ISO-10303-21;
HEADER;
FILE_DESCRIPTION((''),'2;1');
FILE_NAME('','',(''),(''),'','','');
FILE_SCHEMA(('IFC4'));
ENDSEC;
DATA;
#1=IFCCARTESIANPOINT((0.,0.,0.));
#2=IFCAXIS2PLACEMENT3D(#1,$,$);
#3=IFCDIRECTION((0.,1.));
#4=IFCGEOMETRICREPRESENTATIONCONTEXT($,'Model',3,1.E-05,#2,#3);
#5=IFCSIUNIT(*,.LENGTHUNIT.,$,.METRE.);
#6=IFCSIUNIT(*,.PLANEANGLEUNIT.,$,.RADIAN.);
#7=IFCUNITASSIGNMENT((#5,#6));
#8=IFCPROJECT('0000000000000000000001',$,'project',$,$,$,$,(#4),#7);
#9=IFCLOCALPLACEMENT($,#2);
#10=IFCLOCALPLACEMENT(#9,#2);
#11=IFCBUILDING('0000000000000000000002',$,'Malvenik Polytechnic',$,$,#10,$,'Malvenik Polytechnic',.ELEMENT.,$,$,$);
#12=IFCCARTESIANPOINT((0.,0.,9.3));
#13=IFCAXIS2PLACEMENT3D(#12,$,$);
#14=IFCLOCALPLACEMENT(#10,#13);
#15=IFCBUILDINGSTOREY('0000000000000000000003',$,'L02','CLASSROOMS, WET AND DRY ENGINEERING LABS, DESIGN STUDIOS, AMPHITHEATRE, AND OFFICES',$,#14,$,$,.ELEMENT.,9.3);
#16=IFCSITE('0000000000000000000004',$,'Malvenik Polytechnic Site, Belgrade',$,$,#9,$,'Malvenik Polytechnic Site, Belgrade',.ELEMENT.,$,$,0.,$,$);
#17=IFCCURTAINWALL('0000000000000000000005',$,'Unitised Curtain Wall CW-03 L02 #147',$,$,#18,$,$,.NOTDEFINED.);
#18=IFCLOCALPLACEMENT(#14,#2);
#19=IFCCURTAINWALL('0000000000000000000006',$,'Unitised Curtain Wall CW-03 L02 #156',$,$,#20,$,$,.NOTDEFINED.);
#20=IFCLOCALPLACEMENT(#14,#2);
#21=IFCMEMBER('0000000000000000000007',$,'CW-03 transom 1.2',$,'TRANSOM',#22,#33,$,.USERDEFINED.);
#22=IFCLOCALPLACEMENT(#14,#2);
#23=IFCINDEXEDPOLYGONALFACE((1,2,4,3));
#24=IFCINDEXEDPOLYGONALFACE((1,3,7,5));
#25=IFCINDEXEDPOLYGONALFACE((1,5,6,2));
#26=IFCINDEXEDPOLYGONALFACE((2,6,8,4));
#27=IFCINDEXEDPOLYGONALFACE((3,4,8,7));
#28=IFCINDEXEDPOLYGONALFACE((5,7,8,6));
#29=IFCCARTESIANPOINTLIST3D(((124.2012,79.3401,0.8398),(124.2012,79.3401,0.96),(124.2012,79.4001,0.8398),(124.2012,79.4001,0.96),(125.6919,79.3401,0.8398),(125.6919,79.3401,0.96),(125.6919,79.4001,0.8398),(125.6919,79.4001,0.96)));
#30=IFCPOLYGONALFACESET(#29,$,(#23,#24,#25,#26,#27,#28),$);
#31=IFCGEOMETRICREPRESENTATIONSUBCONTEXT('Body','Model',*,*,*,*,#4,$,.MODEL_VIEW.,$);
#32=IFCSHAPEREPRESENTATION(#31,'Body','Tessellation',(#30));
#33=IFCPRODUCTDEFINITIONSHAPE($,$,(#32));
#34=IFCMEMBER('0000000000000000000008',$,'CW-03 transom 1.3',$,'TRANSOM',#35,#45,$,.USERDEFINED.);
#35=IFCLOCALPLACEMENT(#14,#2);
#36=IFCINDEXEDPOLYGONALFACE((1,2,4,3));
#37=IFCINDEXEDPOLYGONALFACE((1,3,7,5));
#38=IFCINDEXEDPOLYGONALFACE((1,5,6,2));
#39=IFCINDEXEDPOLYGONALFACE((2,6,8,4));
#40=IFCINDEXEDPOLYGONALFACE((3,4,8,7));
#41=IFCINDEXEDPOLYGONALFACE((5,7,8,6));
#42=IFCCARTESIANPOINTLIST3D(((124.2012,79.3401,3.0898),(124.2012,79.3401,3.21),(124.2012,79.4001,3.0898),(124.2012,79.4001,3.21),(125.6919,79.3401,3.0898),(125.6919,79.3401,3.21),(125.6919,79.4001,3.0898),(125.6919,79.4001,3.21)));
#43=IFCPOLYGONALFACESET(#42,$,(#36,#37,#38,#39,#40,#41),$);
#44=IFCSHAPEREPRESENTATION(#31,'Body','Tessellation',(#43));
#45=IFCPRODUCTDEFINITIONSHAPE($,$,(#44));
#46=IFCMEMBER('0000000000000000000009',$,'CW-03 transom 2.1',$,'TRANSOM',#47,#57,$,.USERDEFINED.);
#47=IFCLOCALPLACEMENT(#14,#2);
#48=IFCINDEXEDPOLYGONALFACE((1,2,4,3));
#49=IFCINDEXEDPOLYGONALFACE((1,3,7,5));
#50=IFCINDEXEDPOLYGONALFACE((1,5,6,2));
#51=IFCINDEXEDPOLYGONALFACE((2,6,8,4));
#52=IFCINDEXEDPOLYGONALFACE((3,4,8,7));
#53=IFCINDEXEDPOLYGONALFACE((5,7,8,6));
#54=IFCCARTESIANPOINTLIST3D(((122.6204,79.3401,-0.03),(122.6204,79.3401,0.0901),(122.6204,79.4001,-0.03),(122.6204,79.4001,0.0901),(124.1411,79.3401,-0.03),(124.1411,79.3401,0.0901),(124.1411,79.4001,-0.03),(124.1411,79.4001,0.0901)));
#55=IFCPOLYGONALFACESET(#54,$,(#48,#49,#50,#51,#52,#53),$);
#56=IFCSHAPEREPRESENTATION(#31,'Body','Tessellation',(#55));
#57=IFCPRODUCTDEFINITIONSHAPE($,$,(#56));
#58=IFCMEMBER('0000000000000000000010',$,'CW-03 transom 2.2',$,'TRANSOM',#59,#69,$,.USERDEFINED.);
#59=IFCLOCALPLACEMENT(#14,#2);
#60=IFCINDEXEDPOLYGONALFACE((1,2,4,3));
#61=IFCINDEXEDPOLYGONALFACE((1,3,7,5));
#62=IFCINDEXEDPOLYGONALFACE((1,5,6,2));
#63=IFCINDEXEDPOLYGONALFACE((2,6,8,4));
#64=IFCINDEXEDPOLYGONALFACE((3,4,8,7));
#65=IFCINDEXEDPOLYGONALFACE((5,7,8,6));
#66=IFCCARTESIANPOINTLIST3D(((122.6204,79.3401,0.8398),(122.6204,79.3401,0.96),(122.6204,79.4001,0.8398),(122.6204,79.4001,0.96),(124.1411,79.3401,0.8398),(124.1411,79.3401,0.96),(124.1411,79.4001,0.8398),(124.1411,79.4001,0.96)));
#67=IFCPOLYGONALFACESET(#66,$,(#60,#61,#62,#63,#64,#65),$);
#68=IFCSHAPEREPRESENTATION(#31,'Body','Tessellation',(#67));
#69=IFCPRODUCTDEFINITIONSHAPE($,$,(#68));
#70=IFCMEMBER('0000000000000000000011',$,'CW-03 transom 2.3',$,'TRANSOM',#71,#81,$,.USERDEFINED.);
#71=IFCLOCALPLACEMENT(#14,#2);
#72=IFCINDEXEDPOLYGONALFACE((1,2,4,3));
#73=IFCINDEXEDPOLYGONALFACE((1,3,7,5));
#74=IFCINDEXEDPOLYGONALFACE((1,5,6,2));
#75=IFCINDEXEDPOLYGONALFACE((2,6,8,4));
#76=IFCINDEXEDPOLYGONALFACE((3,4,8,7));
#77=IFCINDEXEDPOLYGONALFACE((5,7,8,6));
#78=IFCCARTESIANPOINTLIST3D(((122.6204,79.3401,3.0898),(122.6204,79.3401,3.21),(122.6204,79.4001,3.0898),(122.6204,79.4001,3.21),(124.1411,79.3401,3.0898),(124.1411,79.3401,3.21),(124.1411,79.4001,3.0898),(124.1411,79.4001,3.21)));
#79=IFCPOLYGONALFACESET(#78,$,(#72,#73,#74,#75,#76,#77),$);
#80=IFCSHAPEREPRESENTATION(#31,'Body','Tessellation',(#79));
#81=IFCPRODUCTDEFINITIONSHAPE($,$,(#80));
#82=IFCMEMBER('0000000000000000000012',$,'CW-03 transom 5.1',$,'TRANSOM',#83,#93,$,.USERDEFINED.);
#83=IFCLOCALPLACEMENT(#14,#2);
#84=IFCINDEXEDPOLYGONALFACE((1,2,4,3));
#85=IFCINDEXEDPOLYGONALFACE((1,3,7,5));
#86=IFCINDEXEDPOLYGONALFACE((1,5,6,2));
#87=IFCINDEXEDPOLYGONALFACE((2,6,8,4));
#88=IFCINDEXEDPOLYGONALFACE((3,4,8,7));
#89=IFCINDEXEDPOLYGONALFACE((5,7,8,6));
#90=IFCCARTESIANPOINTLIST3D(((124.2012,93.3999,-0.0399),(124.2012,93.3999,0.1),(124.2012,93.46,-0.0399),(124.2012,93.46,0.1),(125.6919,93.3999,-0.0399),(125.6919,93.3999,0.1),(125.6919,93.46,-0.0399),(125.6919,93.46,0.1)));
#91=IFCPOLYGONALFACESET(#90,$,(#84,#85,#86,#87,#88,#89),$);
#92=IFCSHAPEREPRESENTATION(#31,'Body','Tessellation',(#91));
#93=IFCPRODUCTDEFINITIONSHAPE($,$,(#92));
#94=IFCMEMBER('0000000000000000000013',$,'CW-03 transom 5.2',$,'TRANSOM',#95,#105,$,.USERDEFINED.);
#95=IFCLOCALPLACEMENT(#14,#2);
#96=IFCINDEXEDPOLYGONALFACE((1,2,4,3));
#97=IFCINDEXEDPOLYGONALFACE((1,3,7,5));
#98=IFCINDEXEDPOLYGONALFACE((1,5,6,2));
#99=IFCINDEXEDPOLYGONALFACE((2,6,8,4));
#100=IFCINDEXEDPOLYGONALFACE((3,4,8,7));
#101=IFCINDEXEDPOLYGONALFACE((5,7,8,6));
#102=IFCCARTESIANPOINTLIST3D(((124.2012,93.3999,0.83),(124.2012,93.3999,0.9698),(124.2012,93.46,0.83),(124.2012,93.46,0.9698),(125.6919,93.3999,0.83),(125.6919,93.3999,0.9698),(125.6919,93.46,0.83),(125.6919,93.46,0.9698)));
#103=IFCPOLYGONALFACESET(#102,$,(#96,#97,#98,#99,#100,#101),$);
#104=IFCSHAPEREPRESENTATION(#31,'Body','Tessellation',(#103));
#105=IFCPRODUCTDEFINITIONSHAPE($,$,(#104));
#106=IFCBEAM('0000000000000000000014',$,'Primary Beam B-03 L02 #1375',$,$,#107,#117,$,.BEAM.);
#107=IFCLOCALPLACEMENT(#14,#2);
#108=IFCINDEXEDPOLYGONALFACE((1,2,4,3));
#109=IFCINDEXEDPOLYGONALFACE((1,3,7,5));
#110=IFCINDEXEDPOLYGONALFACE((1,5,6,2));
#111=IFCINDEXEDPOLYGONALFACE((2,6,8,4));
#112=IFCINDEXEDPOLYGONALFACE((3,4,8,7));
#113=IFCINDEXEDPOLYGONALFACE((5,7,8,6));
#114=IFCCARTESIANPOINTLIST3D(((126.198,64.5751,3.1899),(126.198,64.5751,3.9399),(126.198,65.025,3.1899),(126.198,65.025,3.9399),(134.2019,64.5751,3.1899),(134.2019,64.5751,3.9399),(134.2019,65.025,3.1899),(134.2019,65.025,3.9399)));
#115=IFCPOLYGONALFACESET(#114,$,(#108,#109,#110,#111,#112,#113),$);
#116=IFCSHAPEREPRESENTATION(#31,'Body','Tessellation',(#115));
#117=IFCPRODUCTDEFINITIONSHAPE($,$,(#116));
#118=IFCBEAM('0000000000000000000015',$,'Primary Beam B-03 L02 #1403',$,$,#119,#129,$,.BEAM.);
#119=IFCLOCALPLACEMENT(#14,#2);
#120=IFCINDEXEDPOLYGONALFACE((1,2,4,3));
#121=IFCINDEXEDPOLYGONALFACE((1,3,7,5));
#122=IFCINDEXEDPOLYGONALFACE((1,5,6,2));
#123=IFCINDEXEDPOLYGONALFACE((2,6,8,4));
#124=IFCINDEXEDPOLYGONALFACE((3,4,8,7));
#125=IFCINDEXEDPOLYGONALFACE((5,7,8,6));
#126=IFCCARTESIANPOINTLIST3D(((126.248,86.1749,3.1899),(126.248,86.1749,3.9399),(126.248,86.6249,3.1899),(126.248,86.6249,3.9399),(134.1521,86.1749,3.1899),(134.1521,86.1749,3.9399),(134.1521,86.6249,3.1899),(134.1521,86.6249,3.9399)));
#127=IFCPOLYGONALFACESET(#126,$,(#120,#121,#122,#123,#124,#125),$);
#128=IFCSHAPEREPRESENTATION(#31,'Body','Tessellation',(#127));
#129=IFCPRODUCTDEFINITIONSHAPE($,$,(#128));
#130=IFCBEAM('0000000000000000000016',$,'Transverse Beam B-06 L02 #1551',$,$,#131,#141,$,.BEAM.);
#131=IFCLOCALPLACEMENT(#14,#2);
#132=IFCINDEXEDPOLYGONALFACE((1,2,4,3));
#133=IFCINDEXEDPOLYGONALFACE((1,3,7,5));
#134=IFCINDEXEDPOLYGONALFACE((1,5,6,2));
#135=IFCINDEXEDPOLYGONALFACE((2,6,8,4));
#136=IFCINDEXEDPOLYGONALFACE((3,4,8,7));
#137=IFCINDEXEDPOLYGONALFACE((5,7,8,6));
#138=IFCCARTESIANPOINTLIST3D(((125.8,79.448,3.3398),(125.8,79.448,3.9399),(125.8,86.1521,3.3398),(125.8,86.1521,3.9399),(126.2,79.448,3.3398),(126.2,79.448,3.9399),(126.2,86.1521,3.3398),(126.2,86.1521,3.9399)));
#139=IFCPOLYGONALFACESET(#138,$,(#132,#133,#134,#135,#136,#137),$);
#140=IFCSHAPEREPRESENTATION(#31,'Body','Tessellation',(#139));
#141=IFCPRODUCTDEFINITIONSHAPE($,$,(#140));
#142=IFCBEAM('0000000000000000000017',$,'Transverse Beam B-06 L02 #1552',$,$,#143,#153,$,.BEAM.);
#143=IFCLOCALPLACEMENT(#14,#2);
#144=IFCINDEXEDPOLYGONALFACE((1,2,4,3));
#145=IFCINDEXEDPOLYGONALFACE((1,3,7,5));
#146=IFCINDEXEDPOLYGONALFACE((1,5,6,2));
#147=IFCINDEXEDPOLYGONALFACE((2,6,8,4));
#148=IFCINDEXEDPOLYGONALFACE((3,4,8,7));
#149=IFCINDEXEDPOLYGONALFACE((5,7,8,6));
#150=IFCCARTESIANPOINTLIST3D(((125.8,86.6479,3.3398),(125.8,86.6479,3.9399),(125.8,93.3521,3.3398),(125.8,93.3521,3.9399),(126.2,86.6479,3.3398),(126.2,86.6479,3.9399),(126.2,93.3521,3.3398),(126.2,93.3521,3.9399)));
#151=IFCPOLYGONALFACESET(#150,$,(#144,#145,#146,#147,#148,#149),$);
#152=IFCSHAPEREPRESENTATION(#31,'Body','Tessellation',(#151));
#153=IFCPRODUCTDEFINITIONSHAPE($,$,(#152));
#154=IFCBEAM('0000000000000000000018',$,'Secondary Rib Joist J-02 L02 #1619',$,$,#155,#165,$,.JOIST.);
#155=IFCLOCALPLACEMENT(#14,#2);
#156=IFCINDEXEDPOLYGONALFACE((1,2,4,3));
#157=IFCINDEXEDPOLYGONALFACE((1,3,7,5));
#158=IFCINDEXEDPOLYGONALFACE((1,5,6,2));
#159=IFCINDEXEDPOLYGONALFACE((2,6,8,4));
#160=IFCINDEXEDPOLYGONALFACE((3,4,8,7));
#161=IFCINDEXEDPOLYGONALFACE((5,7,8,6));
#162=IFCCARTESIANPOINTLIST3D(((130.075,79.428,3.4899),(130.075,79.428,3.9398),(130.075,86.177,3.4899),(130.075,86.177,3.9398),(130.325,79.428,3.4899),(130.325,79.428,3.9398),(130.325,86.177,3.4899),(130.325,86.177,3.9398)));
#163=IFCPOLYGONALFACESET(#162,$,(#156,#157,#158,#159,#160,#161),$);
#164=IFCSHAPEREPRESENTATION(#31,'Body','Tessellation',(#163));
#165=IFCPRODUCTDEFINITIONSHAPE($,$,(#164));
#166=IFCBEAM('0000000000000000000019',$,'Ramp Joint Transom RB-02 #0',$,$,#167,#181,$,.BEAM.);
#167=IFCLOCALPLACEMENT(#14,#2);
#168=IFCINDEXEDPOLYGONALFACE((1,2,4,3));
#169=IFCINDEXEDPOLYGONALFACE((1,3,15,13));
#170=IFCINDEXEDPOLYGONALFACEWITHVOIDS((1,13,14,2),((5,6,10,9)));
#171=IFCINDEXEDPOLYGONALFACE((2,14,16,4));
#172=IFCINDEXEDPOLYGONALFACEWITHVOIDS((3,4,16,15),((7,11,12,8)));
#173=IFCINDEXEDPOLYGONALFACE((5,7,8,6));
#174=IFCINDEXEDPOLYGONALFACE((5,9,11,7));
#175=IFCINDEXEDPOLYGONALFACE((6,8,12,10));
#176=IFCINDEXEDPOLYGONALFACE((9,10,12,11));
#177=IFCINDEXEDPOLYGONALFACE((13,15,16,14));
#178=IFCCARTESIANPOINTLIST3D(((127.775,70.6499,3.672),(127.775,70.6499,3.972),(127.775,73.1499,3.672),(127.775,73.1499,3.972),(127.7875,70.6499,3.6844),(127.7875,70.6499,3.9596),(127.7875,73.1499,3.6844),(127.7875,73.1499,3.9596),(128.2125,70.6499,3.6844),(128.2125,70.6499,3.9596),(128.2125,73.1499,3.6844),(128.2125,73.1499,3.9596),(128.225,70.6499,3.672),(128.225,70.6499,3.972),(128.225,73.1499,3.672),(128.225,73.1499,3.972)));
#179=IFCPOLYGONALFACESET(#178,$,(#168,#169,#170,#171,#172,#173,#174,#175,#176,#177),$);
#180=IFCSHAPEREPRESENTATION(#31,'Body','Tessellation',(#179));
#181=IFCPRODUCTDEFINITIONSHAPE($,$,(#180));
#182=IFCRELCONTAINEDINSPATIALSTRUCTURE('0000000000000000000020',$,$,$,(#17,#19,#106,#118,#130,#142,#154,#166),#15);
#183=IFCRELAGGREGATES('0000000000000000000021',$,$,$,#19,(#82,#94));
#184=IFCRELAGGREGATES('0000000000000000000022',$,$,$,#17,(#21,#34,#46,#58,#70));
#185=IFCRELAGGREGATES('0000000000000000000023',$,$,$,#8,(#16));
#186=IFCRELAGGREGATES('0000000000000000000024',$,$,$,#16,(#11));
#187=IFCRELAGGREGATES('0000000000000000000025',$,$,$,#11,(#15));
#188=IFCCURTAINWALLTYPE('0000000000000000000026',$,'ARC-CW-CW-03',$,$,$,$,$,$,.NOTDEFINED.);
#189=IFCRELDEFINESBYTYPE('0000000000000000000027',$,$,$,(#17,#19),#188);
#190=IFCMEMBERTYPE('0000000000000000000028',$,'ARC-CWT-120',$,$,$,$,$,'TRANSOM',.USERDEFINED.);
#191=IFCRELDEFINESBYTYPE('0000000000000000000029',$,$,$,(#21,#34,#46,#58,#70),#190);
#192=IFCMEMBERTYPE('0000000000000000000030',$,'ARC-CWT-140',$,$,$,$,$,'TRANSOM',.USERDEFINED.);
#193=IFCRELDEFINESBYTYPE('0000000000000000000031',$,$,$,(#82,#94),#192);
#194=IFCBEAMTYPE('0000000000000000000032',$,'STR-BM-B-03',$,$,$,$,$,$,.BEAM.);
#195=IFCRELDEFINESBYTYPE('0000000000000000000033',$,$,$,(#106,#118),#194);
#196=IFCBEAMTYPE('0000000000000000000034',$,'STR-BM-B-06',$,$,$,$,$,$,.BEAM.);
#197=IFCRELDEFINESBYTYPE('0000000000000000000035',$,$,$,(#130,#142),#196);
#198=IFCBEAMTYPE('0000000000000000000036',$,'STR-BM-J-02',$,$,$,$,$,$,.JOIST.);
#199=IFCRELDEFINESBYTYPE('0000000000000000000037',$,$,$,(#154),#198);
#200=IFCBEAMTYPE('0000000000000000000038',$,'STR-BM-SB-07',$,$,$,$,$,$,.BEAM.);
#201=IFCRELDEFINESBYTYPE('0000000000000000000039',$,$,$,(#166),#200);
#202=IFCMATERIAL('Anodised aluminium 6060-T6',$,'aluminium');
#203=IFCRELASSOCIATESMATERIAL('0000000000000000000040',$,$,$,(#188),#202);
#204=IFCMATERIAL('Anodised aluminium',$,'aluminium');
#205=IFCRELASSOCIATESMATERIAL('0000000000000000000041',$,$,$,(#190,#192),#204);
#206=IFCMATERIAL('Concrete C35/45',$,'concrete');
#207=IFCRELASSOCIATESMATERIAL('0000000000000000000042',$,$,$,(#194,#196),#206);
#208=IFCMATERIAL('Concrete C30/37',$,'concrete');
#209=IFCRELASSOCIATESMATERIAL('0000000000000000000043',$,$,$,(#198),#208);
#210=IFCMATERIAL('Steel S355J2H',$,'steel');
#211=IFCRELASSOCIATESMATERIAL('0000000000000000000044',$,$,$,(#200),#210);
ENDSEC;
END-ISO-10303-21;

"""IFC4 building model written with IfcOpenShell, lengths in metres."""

from ifc_helpers import new_model, si_unit, direction, frame, origin, origin_2d, place, context, subcontext, project, spatial, rectangle, hollow_rectangle, extrude, material, material_profile, profile_set, type_object, element, aggregate, save


model = new_model("IFC4")

# Units and contexts
model_context = context("Model", 3, precision=1e-05, world=origin(), true_north=direction((0.0, 1.0)))
body_context = subcontext(model_context, "Body", "Model", "MODEL_VIEW")
ifc_project = project(units=[si_unit("LENGTHUNIT", "METRE"), si_unit("PLANEANGLEUNIT", "RADIAN")], contexts=[model_context])

# Site, building, storey
site_placement = place(None, origin())
site = spatial("IfcSite", under=ifc_project, at=site_placement, Name="Malvenik Polytechnic Site, Belgrade", LongName="Malvenik Polytechnic Site, Belgrade", CompositionType="ELEMENT", RefElevation=0.0)
building_placement = place(site_placement, origin())
building = spatial("IfcBuilding", under=site, at=building_placement, Name="Malvenik Polytechnic", LongName="Malvenik Polytechnic", CompositionType="ELEMENT")
storey_placement = place(building_placement, frame((0.0, 0.0, 9.3)))
storey = spatial("IfcBuildingStorey", under=building, at=storey_placement, Name="L02", Description="CLASSROOMS, WET AND DRY ENGINEERING LABS, DESIGN STUDIOS, AMPHITHEATRE, AND OFFICES", CompositionType="ELEMENT", Elevation=9.3)

# Shared definitions
ifc_material_1 = material(Name="Concrete C35/45", Category="concrete")
ifc_material_2 = material(Name="Steel S355J2H", Category="steel")

# Curtain wall
ifc_material_3 = material(Name="Anodised aluminium 6060-T6", Category="aluminium")
curtain_wall_type = type_object("IfcCurtainWallType", Name="ARC-CW-CW-03", PredefinedType="NOTDEFINED", material=ifc_material_3)
curtain_wall_1_placement = place(storey_placement, origin())
curtain_wall_1 = element("IfcCurtainWall", 1, at=curtain_wall_1_placement, inside=storey, type_object=curtain_wall_type, Name="Unitised Curtain Wall CW-03 L02 #147", PredefinedType="NOTDEFINED")
ifc_material_4 = material(Name="Anodised aluminium", Category="aluminium")

# Curtain wall
curtain_wall_2_placement = place(storey_placement, origin())
curtain_wall_2 = element("IfcCurtainWall", 2, at=curtain_wall_2_placement, inside=storey, type_object=curtain_wall_type, Name="Unitised Curtain Wall CW-03 L02 #156", PredefinedType="NOTDEFINED")

# Members
ifc_material_profile_1 = material_profile(ifc_material_4, rectangle(XDim=0.0601, YDim=0.1201, at=origin_2d()), Name="ALU TRANSOM 60x120")
ifc_profile_set_1 = profile_set([ifc_material_profile_1], Name="Anodised aluminium")
member_type_1 = type_object("IfcMemberType", Name="ARC-CWT-120", ElementType="TRANSOM", PredefinedType="USERDEFINED", material=ifc_profile_set_1)
member_1_placement = place(storey_placement, frame((125.6919, 79.3701, 0.8999), z_axis=(-1.0, 0.0, 0.0), x_axis=(0.0, -1.0, 0.0)))
member_1 = element("IfcMember", 3, at=member_1_placement, type_object=member_type_1, Name="CW-03 transom 1.2", ObjectType="TRANSOM", PredefinedType="USERDEFINED", context=body_context, shape_type="SweptSolid", body=[
    extrude(rectangle(XDim=0.0601, YDim=0.1201, at=origin_2d()), origin(), (0.0, 0.0, 1.0), 1.4907),
])
member_2_placement = place(storey_placement, frame((125.6919, 79.3701, 3.1499), z_axis=(-1.0, 0.0, 0.0), x_axis=(0.0, -1.0, 0.0)))
member_2 = element("IfcMember", 4, at=member_2_placement, type_object=member_type_1, Name="CW-03 transom 1.3", ObjectType="TRANSOM", PredefinedType="USERDEFINED", context=body_context, shape_type="SweptSolid", body=[
    extrude(rectangle(XDim=0.0601, YDim=0.1201, at=origin_2d()), origin(), (0.0, 0.0, 1.0), 1.4907),
])
member_3_placement = place(storey_placement, frame((124.1411, 79.3701, 0.03), z_axis=(-1.0, 0.0, 0.0), x_axis=(0.0, -1.0, 0.0)))
member_3 = element("IfcMember", 5, at=member_3_placement, type_object=member_type_1, Name="CW-03 transom 2.1", ObjectType="TRANSOM", PredefinedType="USERDEFINED", context=body_context, shape_type="SweptSolid", body=[
    extrude(rectangle(XDim=0.0601, YDim=0.1201, at=origin_2d()), origin(), (0.0, 0.0, 1.0), 1.5208),
])
member_4_placement = place(storey_placement, frame((124.1411, 79.3701, 0.8999), z_axis=(-1.0, 0.0, 0.0), x_axis=(0.0, -1.0, 0.0)))
member_4 = element("IfcMember", 6, at=member_4_placement, type_object=member_type_1, Name="CW-03 transom 2.2", ObjectType="TRANSOM", PredefinedType="USERDEFINED", context=body_context, shape_type="SweptSolid", body=[
    extrude(rectangle(XDim=0.0601, YDim=0.1201, at=origin_2d()), origin(), (0.0, 0.0, 1.0), 1.5208),
])
member_5_placement = place(storey_placement, frame((124.1411, 79.3701, 3.1499), z_axis=(-1.0, 0.0, 0.0), x_axis=(0.0, -1.0, 0.0)))
member_5 = element("IfcMember", 7, at=member_5_placement, type_object=member_type_1, Name="CW-03 transom 2.3", ObjectType="TRANSOM", PredefinedType="USERDEFINED", context=body_context, shape_type="SweptSolid", body=[
    extrude(rectangle(XDim=0.0601, YDim=0.1201, at=origin_2d()), origin(), (0.0, 0.0, 1.0), 1.5208),
])
ifc_material_profile_2 = material_profile(ifc_material_4, rectangle(XDim=0.0601, YDim=0.1399, at=origin_2d()), Name="ALU TRANSOM 60x140")
ifc_profile_set_2 = profile_set([ifc_material_profile_2], Name="Anodised aluminium")
member_type_2 = type_object("IfcMemberType", Name="ARC-CWT-140", ElementType="TRANSOM", PredefinedType="USERDEFINED", material=ifc_profile_set_2)
member_6_placement = place(storey_placement, frame((124.2012, 93.4299, 0.03), z_axis=(1.0, 0.0, 0.0), x_axis=(0.0, 1.0, 0.0)))
member_6 = element("IfcMember", 8, at=member_6_placement, type_object=member_type_2, Name="CW-03 transom 5.1", ObjectType="TRANSOM", PredefinedType="USERDEFINED", context=body_context, shape_type="SweptSolid", body=[
    extrude(rectangle(XDim=0.0601, YDim=0.1399, at=origin_2d()), origin(), (0.0, 0.0, 1.0), 1.4907),
])
member_7_placement = place(storey_placement, frame((124.2012, 93.4299, 0.8999), z_axis=(1.0, 0.0, 0.0), x_axis=(0.0, 1.0, 0.0)))
member_7 = element("IfcMember", 9, at=member_7_placement, type_object=member_type_2, Name="CW-03 transom 5.2", ObjectType="TRANSOM", PredefinedType="USERDEFINED", context=body_context, shape_type="SweptSolid", body=[
    extrude(rectangle(XDim=0.0601, YDim=0.1399, at=origin_2d()), origin(), (0.0, 0.0, 1.0), 1.4907),
])
aggregate(curtain_wall_2, [member_6, member_7])

# Beams
ifc_material_profile_3 = material_profile(ifc_material_1, rectangle(XDim=0.45, YDim=0.75, at=origin_2d()), Name="RC BM 450x750")
ifc_profile_set_3 = profile_set([ifc_material_profile_3], Name="Concrete C35/45")
beam_type_1 = type_object("IfcBeamType", Name="STR-BM-B-03", PredefinedType="BEAM", material=ifc_profile_set_3)
beam_1_placement = place(storey_placement, frame((126.198, 64.8, 3.5649), z_axis=(1.0, 0.0, 0.0), x_axis=(0.0, 1.0, 0.0)))
element("IfcBeam", 10, at=beam_1_placement, inside=storey, type_object=beam_type_1, Name="Primary Beam B-03 L02 #1375", PredefinedType="BEAM", context=body_context, shape_type="SweptSolid", body=[
    extrude(rectangle(XDim=0.45, YDim=0.75, at=origin_2d()), origin(), (0.0, 0.0, 1.0), 8.0039),
])
beam_2_placement = place(storey_placement, frame((126.248, 86.3999, 3.5649), z_axis=(1.0, 0.0, 0.0), x_axis=(0.0, 1.0, 0.0)))
element("IfcBeam", 11, at=beam_2_placement, inside=storey, type_object=beam_type_1, Name="Primary Beam B-03 L02 #1403", PredefinedType="BEAM", context=body_context, shape_type="SweptSolid", body=[
    extrude(rectangle(XDim=0.45, YDim=0.75, at=origin_2d()), origin(), (0.0, 0.0, 1.0), 7.9041),
])
ifc_material_profile_4 = material_profile(ifc_material_1, rectangle(XDim=0.3999, YDim=0.6001, at=origin_2d()), Name="RC BM 400x600")
ifc_profile_set_4 = profile_set([ifc_material_profile_4], Name="Concrete C35/45")
beam_type_2 = type_object("IfcBeamType", Name="STR-BM-B-06", PredefinedType="BEAM", material=ifc_profile_set_4)
for number, where, z_axis, x_axis, name in (
    (12, (126.0, 79.448, 3.6399), (0.0, 1.0, 0.0), (-1.0, 0.0, 0.0), "Transverse Beam B-06 L02 #1551"),
    (13, (126.0, 86.6479, 3.6399), (0.0, 1.0, 0.0), (-1.0, 0.0, 0.0), "Transverse Beam B-06 L02 #1552"),
):
    element("IfcBeam", number, at=place(storey_placement, frame(where, z_axis=z_axis, x_axis=x_axis)), inside=storey, type_object=beam_type_2, Name=name, PredefinedType="BEAM", context=body_context, shape_type="SweptSolid", body=[
        extrude(rectangle(XDim=0.3999, YDim=0.6001, at=origin_2d()), origin(), (0.0, 0.0, 1.0), 6.7041),
    ])
ifc_material_5 = material(Name="Concrete C30/37", Category="concrete")
ifc_material_profile_5 = material_profile(ifc_material_5, rectangle(XDim=0.25, YDim=0.45, at=origin_2d()), Name="RC JST 250x450")
ifc_profile_set_5 = profile_set([ifc_material_profile_5], Name="Concrete C30/37")
beam_type_3 = type_object("IfcBeamType", Name="STR-BM-J-02", PredefinedType="JOIST", material=ifc_profile_set_5)
beam_3_placement = place(storey_placement, frame((130.2, 79.428, 3.7148), z_axis=(0.0, 1.0, 0.0), x_axis=(-1.0, 0.0, 0.0)))
element("IfcBeam", 14, at=beam_3_placement, inside=storey, type_object=beam_type_3, Name="Secondary Rib Joist J-02 L02 #1619", PredefinedType="JOIST", context=body_context, shape_type="SweptSolid", body=[
    extrude(rectangle(XDim=0.25, YDim=0.45, at=origin_2d()), origin(), (0.0, 0.0, 1.0), 6.749),
])
ifc_material_profile_6 = material_profile(ifc_material_2, hollow_rectangle(XDim=0.45, YDim=0.3, WallThickness=0.0125, at=origin_2d()), Name="RHS 450x300x12.5")
ifc_profile_set_6 = profile_set([ifc_material_profile_6], Name="Steel S355J2H")
beam_type_4 = type_object("IfcBeamType", Name="STR-BM-SB-07", PredefinedType="BEAM", material=ifc_profile_set_6)
beam_4_placement = place(storey_placement, frame((128.0, 70.6499, 3.822), z_axis=(0.0, 1.0, 0.0), x_axis=(-1.0, 0.0, 0.0)))
element("IfcBeam", 15, at=beam_4_placement, inside=storey, type_object=beam_type_4, Name="Ramp Joint Transom RB-02 #0", PredefinedType="BEAM", context=body_context, shape_type="SweptSolid", body=[
    extrude(hollow_rectangle(XDim=0.45, YDim=0.3, WallThickness=0.0125, at=origin_2d()), origin(), (0.0, 0.0, 1.0), 2.5),
])

aggregate(curtain_wall_1, [member_1, member_2, member_3, member_4, member_5])

save(model, "model.ifc")
